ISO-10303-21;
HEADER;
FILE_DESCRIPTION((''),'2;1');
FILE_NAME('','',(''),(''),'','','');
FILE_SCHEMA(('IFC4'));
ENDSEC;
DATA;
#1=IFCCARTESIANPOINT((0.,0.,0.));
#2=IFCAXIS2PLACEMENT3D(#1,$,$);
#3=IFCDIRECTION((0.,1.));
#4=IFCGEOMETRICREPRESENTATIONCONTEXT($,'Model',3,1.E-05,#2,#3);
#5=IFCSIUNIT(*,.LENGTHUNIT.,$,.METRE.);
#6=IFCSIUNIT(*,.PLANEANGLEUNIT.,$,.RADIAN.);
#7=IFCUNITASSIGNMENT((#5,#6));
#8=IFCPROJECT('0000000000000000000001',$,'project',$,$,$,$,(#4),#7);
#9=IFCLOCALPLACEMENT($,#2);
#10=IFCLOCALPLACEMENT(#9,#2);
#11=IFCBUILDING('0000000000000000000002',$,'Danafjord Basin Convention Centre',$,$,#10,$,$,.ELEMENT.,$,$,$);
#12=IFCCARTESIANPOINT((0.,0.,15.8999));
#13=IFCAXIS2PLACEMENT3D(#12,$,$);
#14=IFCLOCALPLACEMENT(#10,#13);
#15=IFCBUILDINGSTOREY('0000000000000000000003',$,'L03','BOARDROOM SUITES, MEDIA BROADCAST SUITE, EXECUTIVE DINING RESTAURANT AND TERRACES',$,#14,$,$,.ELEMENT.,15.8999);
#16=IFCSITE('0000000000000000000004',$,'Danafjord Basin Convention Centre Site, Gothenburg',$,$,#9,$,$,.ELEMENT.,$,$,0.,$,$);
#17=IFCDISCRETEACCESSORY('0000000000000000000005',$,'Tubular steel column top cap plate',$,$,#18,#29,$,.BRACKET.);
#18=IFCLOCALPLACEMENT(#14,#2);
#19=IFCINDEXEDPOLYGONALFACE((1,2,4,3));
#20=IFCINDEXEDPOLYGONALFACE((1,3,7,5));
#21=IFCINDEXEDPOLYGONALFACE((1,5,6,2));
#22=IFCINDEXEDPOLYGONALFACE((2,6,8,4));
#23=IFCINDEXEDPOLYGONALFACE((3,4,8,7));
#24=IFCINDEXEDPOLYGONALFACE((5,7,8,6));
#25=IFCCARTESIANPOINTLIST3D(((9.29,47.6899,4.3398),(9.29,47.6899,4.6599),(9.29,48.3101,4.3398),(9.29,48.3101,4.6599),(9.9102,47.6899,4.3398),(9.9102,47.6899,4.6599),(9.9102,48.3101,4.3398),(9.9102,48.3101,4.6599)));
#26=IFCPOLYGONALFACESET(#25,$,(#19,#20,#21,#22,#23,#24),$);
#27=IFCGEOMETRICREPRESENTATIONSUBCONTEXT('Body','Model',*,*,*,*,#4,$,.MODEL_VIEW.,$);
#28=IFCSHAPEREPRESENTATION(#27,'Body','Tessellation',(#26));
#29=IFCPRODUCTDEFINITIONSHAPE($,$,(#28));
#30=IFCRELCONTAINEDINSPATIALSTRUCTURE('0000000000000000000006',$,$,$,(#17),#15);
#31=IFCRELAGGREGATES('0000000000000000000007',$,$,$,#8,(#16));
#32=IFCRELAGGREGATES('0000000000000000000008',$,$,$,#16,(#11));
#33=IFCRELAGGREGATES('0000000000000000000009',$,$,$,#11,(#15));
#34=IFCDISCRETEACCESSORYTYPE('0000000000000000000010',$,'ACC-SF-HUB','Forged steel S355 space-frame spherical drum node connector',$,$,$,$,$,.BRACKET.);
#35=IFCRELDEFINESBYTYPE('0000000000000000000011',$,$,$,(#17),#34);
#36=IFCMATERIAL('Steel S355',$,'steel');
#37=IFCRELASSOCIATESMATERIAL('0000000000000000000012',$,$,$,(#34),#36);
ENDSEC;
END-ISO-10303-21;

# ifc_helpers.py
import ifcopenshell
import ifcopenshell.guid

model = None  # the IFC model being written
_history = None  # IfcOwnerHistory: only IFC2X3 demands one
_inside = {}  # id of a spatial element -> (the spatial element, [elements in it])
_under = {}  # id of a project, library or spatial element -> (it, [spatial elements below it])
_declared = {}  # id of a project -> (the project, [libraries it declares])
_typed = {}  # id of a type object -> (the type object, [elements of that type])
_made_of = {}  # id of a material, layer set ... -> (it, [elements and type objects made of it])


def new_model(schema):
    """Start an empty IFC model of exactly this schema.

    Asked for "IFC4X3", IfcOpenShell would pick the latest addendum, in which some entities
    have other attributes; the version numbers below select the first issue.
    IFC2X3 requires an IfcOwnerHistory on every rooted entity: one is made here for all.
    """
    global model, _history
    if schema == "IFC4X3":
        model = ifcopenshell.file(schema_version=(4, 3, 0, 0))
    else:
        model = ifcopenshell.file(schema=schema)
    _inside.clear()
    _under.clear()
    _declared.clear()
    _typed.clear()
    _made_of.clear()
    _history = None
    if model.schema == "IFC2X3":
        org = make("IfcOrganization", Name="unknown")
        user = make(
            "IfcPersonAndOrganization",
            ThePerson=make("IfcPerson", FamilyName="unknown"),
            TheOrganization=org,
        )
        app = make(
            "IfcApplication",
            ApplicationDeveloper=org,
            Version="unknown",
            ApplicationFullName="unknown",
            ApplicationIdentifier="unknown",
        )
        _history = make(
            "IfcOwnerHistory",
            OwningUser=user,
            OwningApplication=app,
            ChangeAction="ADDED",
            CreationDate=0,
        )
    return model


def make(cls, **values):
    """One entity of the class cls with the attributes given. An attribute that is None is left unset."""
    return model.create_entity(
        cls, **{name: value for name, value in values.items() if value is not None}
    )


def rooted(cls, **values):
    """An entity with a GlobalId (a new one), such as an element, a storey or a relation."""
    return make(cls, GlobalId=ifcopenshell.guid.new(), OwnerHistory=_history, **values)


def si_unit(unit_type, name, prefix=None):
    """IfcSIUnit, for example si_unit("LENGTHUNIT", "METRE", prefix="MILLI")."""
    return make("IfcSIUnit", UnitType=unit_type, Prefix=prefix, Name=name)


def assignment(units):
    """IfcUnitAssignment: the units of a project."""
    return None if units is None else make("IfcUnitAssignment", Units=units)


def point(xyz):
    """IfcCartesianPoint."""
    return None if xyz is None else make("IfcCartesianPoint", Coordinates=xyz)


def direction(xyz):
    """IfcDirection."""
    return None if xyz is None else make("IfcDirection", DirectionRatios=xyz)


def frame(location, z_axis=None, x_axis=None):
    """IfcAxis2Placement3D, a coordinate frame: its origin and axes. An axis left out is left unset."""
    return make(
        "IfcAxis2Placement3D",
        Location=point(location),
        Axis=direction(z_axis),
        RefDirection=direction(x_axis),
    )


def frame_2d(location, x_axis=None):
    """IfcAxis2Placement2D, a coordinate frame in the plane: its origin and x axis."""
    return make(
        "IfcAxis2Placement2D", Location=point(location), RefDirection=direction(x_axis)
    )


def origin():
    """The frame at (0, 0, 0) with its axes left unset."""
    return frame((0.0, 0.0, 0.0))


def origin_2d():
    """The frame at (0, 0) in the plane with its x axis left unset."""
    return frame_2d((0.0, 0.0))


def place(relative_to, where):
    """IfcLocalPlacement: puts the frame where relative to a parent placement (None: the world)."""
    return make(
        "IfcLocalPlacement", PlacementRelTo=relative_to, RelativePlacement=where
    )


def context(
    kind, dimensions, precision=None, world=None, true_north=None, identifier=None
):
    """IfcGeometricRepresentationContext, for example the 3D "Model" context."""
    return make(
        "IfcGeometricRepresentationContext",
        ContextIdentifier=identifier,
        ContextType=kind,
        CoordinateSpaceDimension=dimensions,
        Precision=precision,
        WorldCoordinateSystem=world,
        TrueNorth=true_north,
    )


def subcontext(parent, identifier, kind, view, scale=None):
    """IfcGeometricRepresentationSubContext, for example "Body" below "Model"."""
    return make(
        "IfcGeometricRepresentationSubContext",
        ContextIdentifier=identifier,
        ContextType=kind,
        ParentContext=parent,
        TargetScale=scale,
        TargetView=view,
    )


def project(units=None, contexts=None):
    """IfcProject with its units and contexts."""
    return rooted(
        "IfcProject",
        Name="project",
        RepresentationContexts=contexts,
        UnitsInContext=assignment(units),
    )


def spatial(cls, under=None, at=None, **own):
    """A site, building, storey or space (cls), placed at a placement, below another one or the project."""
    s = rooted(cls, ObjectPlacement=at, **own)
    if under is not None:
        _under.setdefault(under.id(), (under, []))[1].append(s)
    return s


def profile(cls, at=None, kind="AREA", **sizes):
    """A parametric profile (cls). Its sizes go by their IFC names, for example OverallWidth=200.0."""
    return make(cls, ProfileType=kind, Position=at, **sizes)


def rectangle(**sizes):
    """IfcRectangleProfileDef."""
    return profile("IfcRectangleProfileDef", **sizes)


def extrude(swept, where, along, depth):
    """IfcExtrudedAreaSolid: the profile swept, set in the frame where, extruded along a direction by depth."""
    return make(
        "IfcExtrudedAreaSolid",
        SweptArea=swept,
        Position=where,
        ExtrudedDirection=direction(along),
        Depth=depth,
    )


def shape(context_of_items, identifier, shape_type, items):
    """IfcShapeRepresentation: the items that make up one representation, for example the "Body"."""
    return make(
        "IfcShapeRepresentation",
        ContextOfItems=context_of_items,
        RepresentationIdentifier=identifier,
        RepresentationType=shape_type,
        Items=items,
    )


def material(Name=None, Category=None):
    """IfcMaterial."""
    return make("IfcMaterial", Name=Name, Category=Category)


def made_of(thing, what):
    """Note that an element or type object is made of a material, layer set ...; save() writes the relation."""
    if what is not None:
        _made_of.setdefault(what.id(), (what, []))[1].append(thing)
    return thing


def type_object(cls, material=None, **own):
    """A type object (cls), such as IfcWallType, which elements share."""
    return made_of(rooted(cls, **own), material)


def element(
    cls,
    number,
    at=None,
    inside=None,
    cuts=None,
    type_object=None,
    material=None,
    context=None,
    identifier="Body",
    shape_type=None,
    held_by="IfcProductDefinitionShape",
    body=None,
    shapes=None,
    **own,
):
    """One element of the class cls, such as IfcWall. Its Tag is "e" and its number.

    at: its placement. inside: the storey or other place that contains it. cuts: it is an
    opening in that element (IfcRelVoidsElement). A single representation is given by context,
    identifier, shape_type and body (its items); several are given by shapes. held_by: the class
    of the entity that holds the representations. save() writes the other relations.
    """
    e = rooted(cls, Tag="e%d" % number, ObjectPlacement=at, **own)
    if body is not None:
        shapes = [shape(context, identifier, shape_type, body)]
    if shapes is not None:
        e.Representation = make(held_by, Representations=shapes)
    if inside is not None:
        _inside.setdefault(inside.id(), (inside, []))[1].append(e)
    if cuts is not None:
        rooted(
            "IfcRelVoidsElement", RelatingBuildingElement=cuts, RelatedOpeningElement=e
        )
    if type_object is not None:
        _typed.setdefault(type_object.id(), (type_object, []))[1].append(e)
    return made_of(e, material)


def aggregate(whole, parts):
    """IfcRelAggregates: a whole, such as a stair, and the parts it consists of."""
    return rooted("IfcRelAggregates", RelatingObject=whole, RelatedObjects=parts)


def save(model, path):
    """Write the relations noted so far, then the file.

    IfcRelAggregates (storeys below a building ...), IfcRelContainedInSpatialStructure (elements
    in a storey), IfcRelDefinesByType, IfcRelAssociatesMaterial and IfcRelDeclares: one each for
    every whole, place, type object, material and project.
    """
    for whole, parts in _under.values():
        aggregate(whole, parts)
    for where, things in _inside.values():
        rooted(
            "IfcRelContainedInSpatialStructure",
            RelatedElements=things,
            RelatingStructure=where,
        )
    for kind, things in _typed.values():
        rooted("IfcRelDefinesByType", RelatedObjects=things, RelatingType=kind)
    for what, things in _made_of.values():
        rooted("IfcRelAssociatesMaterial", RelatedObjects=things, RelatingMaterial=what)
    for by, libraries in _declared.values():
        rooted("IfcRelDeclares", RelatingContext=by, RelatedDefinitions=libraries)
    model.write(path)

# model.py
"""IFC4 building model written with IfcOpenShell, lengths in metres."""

from ifc_helpers import new_model, si_unit, direction, frame, origin, origin_2d, place, context, subcontext, project, spatial, rectangle, extrude, material, type_object, element, save


model = new_model("IFC4")

# Units and contexts
model_context = context("Model", 3, precision=1e-05, world=origin(), true_north=direction((0.0, 1.0)))
body_context = subcontext(model_context, "Body", "Model", "MODEL_VIEW")
ifc_project = project(units=[si_unit("LENGTHUNIT", "METRE"), si_unit("PLANEANGLEUNIT", "RADIAN")], contexts=[model_context])

# Site, building, storey
site_placement = place(None, origin())
site = spatial("IfcSite", under=ifc_project, at=site_placement, Name="Danafjord Basin Convention Centre Site, Gothenburg", CompositionType="ELEMENT", RefElevation=0.0)
building_placement = place(site_placement, origin())
building = spatial("IfcBuilding", under=site, at=building_placement, Name="Danafjord Basin Convention Centre", CompositionType="ELEMENT")
storey_placement = place(building_placement, frame((0.0, 0.0, 15.8999)))
storey = spatial("IfcBuildingStorey", under=building, at=storey_placement, Name="L03", Description="BOARDROOM SUITES, MEDIA BROADCAST SUITE, EXECUTIVE DINING RESTAURANT AND TERRACES", CompositionType="ELEMENT", Elevation=15.8999)

# Shared definitions
ifc_material_1 = material(Name="Steel S355", Category="steel")

# Discrete accessory
discrete_accessory_type_1 = type_object("IfcDiscreteAccessoryType", Name="ACC-SF-HUB", Description="Forged steel S355 space-frame spherical drum node connector", PredefinedType="BRACKET", material=ifc_material_1)
for number, where, z_axis, x_axis, name in (
    (1, (9.6001, 48.0, 4.3398), (0.0, 0.0, 1.0), (1.0, 0.0, 0.0), "Tubular steel column top cap plate"),
):
    element("IfcDiscreteAccessory", number, at=place(storey_placement, frame(where, z_axis=z_axis, x_axis=x_axis)), inside=storey, type_object=discrete_accessory_type_1, Name=name, PredefinedType="BRACKET", context=body_context, shape_type="SweptSolid", body=[
        extrude(rectangle(XDim=0.6201, YDim=0.6201, at=origin_2d()), origin(), (0.0, 0.0, 1.0), 0.3201),
    ])

save(model, "model.ifc")
